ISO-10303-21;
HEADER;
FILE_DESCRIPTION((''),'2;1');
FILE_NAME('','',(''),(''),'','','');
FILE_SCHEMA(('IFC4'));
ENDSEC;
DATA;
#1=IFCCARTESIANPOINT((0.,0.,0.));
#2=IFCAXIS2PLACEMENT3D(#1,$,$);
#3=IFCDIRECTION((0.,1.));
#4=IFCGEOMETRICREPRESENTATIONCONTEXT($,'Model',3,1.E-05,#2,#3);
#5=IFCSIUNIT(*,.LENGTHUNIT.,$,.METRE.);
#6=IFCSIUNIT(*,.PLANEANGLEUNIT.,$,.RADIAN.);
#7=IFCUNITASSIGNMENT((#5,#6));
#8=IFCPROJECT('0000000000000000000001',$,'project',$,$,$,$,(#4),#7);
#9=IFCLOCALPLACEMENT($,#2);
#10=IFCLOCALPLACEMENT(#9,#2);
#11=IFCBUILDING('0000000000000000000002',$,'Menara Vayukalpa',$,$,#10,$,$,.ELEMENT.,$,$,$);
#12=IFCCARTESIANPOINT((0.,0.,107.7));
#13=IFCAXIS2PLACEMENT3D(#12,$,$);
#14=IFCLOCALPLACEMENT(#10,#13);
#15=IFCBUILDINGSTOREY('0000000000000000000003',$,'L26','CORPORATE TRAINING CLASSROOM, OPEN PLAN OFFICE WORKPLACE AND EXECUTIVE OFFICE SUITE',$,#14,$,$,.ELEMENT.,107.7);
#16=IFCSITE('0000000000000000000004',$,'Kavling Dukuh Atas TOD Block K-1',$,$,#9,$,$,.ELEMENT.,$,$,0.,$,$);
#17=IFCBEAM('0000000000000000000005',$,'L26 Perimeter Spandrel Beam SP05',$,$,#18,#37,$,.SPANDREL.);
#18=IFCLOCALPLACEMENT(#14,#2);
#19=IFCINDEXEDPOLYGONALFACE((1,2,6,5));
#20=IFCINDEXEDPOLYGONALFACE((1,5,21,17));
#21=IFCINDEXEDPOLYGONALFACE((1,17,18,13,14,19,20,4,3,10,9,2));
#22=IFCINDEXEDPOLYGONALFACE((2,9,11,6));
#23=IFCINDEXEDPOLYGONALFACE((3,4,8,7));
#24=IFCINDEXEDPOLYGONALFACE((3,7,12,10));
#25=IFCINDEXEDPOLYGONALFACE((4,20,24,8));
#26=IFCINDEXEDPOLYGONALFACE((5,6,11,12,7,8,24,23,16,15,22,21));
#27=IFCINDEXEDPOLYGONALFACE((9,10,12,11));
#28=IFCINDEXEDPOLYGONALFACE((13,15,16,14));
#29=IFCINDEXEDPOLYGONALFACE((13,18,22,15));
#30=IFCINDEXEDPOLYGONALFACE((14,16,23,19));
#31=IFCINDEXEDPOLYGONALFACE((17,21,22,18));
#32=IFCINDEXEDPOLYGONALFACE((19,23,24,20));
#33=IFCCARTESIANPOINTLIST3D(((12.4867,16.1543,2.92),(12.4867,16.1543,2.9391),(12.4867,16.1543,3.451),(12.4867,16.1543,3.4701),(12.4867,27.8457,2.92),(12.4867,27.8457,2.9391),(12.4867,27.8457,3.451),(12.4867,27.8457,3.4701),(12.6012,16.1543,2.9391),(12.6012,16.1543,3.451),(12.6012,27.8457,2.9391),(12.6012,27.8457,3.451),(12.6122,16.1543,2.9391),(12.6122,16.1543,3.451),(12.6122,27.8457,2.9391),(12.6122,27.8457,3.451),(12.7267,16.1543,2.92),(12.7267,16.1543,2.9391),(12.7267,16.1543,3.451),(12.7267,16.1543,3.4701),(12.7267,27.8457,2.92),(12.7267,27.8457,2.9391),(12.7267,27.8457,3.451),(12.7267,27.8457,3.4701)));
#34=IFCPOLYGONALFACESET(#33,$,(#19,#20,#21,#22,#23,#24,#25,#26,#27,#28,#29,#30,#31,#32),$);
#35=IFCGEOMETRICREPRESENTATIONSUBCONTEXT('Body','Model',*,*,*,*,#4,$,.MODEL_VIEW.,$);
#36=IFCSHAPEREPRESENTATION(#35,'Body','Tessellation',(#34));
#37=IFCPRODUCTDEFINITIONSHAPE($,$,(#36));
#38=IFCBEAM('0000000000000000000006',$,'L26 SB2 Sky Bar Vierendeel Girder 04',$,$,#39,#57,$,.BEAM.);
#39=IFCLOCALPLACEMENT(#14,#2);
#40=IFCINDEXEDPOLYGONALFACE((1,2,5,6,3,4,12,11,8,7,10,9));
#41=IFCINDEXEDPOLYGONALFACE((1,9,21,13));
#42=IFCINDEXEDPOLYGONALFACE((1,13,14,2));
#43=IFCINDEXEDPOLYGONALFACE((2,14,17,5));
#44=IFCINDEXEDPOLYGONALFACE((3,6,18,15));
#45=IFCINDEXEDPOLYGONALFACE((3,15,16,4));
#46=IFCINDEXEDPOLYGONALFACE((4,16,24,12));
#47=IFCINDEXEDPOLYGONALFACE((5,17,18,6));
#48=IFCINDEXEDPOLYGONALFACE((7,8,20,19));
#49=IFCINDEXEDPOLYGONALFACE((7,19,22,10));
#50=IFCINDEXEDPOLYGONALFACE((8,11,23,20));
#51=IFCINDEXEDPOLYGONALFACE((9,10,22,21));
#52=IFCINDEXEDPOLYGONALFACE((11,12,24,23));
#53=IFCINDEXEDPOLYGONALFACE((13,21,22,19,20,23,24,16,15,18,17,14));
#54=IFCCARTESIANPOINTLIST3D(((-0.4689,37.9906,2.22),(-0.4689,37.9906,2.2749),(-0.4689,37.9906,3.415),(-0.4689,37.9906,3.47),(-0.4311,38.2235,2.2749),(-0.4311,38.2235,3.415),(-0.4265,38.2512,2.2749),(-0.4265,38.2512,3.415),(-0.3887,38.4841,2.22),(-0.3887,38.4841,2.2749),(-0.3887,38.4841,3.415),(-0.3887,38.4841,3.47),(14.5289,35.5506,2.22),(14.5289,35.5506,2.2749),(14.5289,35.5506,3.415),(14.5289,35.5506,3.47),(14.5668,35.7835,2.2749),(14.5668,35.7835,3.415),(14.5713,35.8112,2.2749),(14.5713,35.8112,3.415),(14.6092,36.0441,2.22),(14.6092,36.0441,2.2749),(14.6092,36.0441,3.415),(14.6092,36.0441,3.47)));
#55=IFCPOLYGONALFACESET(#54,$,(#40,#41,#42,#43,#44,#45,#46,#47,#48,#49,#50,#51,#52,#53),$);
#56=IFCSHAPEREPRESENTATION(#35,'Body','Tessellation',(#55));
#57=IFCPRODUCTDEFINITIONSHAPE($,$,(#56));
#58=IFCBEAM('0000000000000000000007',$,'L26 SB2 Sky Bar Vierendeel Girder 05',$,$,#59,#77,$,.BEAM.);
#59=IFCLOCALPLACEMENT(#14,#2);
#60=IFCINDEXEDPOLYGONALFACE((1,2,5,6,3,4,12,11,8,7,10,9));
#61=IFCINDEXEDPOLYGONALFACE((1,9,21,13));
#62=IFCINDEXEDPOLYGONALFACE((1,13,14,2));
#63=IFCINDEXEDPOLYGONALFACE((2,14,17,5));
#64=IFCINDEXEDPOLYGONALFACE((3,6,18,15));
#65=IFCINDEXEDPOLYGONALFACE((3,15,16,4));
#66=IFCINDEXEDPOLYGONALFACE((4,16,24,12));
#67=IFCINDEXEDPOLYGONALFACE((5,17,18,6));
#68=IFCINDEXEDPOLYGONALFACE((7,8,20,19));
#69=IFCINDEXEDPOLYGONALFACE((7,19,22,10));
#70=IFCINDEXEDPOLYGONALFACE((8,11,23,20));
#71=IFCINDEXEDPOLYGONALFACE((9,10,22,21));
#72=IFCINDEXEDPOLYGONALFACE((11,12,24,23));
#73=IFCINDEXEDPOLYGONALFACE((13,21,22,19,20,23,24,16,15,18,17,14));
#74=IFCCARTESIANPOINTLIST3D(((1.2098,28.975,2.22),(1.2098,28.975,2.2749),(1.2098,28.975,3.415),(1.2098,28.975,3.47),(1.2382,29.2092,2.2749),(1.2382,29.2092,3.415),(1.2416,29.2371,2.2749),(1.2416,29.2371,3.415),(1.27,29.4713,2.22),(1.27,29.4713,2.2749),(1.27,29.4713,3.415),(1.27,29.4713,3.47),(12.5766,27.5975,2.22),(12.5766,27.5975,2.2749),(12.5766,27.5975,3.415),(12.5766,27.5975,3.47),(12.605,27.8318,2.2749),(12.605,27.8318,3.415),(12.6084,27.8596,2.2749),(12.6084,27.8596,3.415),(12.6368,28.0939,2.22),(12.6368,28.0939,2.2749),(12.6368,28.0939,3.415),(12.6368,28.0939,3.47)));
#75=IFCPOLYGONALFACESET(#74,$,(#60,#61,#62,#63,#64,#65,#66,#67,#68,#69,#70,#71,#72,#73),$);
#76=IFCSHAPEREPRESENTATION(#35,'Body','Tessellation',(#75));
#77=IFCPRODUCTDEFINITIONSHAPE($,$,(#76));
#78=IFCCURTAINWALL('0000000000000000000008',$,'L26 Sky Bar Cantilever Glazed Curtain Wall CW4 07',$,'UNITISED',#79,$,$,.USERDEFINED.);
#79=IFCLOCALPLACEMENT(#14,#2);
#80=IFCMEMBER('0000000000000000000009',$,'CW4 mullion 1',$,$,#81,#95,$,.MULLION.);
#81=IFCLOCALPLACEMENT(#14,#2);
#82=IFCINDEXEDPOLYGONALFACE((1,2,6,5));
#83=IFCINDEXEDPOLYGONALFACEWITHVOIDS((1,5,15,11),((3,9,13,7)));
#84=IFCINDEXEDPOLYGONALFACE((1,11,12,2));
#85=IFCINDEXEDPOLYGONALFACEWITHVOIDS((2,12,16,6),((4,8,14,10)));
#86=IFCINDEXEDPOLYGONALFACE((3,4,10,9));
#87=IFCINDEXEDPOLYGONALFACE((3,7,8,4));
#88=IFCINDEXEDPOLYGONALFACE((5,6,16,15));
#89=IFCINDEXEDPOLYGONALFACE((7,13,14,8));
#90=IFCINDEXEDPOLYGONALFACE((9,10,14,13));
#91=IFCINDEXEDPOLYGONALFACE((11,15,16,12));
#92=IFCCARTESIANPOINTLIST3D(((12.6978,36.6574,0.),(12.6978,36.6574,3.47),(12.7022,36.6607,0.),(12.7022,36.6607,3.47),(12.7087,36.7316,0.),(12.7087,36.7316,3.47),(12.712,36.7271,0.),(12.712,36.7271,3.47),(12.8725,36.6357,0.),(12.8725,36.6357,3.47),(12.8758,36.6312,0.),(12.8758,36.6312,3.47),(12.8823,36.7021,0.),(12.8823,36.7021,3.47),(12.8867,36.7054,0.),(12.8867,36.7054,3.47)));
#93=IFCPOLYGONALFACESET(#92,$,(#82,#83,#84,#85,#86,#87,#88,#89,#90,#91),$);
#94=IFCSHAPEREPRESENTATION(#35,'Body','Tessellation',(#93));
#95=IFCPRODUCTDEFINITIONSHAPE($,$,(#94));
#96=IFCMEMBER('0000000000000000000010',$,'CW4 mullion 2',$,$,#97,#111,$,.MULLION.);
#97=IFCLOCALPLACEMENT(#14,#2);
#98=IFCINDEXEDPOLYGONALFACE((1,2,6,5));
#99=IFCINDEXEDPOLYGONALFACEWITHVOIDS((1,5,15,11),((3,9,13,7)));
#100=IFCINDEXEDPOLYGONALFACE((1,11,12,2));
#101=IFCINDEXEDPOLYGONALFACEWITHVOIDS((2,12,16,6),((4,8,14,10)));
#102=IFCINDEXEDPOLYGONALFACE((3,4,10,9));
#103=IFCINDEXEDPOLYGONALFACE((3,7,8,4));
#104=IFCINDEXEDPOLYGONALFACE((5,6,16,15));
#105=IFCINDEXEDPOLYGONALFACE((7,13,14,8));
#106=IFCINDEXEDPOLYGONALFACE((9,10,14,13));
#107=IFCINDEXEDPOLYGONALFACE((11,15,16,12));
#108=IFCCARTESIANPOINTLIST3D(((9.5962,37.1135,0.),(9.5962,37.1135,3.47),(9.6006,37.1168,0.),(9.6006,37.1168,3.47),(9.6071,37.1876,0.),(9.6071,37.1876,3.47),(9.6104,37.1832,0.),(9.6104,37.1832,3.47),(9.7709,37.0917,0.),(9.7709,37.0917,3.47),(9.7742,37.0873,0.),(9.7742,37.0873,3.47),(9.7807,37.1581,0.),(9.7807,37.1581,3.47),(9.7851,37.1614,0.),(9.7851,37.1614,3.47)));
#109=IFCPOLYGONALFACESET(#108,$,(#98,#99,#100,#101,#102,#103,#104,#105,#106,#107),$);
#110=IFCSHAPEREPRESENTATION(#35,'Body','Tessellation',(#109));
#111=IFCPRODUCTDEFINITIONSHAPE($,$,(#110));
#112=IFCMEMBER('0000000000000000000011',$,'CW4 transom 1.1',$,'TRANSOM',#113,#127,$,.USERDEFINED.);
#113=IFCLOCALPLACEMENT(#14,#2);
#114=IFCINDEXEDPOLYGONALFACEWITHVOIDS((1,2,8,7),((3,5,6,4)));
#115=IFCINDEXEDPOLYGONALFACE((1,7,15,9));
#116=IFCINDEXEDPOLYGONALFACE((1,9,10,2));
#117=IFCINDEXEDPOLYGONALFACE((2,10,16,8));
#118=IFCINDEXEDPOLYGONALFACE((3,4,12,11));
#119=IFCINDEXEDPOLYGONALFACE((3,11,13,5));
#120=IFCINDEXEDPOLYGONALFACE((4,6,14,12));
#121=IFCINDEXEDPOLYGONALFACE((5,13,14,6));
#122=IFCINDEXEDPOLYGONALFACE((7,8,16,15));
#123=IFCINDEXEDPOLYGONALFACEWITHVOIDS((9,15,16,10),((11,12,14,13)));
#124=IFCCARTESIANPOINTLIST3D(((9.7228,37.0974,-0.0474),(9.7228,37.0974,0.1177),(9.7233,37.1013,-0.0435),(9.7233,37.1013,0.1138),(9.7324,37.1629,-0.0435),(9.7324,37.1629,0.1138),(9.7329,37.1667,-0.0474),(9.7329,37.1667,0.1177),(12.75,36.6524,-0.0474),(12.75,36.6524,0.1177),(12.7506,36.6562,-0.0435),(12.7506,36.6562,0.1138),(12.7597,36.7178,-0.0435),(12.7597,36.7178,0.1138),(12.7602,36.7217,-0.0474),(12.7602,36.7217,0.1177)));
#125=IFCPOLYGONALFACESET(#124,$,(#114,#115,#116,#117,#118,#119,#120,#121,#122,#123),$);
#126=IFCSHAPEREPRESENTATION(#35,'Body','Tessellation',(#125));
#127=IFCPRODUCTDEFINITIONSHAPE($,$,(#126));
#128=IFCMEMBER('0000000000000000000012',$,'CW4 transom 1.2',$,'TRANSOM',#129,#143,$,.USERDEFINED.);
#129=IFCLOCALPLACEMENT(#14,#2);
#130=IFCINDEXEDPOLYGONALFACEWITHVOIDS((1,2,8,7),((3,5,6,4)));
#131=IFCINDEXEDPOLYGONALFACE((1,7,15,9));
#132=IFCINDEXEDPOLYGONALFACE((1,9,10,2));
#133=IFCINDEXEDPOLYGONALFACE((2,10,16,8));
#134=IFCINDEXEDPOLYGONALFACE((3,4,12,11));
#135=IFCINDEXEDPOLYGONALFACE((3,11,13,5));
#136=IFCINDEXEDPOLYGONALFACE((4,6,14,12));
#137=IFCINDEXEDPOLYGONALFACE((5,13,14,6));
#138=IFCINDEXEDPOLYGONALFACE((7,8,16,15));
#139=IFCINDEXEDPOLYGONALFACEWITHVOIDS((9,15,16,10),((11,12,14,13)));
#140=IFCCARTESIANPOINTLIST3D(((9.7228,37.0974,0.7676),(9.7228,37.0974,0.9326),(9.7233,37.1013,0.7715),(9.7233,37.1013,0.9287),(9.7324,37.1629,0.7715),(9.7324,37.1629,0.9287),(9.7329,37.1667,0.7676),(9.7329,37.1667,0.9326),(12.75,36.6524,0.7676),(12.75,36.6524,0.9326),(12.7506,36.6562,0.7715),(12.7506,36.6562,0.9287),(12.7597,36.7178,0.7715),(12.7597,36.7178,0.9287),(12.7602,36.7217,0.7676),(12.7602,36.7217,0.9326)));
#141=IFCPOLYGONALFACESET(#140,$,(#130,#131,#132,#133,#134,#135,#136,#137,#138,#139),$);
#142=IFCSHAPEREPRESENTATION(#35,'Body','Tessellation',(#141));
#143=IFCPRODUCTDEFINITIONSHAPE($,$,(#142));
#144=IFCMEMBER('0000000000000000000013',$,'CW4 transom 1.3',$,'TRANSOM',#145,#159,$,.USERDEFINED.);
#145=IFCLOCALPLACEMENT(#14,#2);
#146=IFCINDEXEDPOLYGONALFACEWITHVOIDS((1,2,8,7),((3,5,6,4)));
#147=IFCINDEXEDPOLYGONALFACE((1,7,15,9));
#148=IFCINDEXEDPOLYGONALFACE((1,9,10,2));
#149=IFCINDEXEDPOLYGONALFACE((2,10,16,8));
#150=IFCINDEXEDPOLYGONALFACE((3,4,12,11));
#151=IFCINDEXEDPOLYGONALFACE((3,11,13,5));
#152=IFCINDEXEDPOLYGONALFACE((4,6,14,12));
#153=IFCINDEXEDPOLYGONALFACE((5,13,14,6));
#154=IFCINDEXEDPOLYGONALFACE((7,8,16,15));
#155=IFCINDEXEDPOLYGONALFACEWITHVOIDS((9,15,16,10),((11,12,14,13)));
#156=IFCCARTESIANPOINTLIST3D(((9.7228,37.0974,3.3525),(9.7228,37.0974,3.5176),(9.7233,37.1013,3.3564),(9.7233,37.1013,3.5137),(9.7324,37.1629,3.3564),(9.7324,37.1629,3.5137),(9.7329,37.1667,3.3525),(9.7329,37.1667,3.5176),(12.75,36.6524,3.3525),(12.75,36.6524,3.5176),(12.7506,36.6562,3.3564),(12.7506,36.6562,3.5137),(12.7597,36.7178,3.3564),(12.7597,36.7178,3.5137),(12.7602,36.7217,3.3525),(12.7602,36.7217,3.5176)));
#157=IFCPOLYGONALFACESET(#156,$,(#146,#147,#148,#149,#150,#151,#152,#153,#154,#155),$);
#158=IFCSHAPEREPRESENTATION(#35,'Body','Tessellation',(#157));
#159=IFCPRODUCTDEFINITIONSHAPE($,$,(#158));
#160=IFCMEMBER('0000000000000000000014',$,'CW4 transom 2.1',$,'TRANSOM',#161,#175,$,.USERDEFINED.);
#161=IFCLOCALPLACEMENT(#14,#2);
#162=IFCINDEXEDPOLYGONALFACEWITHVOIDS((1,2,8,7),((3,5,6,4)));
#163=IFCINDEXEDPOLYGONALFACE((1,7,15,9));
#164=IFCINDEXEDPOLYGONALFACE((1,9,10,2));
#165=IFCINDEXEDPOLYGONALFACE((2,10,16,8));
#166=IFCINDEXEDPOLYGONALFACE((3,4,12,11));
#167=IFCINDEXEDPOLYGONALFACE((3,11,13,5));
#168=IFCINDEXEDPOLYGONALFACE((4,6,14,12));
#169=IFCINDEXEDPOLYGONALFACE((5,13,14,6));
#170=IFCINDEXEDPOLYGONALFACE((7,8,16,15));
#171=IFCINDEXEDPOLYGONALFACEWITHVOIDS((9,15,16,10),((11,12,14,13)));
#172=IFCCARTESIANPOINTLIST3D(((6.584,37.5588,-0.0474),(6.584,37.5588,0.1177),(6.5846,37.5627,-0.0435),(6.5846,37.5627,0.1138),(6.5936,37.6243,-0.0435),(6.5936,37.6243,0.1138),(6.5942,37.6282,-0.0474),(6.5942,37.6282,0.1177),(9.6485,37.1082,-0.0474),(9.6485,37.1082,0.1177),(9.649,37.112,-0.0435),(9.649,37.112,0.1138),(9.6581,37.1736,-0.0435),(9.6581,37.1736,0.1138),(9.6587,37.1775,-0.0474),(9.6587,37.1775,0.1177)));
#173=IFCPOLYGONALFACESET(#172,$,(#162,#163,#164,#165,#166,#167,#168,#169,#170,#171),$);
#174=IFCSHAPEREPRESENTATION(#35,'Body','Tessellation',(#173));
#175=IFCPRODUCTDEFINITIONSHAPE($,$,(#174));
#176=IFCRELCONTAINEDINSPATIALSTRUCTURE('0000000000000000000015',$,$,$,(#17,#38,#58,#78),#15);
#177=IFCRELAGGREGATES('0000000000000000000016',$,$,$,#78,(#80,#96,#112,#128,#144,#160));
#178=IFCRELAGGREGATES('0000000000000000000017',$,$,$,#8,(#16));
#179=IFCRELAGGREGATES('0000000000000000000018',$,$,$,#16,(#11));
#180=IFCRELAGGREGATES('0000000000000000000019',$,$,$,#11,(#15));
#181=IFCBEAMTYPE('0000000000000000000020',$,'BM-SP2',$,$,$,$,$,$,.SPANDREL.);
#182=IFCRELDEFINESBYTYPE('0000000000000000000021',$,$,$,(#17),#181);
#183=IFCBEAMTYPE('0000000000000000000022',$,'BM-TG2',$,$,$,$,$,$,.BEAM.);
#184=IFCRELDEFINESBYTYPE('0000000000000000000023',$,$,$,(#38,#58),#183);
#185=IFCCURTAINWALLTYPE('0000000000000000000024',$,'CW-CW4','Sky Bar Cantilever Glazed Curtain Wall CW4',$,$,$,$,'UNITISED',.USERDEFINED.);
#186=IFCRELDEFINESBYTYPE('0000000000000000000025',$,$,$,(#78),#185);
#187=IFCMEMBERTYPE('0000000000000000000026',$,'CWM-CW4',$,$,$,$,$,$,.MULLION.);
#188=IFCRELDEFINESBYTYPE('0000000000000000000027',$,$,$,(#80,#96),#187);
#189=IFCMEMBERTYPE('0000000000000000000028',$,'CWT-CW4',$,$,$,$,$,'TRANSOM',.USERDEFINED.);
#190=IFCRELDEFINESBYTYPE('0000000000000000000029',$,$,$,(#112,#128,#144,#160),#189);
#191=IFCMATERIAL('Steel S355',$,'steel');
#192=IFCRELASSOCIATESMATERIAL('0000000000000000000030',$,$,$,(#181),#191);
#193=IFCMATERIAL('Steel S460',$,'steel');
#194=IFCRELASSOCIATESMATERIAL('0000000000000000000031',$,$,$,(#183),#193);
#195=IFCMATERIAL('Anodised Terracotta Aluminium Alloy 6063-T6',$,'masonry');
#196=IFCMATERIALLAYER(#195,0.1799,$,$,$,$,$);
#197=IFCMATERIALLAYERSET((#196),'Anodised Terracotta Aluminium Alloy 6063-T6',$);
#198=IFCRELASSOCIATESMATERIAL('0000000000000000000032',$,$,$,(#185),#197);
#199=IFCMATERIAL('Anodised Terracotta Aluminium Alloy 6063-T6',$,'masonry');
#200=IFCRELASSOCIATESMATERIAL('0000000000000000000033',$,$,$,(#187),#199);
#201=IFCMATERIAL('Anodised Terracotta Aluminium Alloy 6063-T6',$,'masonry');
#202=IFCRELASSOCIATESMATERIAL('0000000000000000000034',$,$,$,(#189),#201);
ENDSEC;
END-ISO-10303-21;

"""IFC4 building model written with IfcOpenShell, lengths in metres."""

from ifc_helpers import new_model, si_unit, direction, frame, origin, origin_2d, place, context, subcontext, project, spatial, hollow_rectangle, i_section, extrude, material, layer, layer_set, material_profile, profile_set, type_object, element, aggregate, save


model = new_model("IFC4")

# Units and contexts
model_context = context("Model", 3, precision=1e-05, world=origin(), true_north=direction((0.0, 1.0)))
body_context = subcontext(model_context, "Body", "Model", "MODEL_VIEW")
ifc_project = project(units=[si_unit("LENGTHUNIT", "METRE"), si_unit("PLANEANGLEUNIT", "RADIAN")], contexts=[model_context])

# Site, building, storey
site_placement = place(None, origin())
site = spatial("IfcSite", under=ifc_project, at=site_placement, Name="Kavling Dukuh Atas TOD Block K-1", CompositionType="ELEMENT", RefElevation=0.0)
building_placement = place(site_placement, origin())
building = spatial("IfcBuilding", under=site, at=building_placement, Name="Menara Vayukalpa", CompositionType="ELEMENT")
storey_placement = place(building_placement, frame((0.0, 0.0, 107.7)))
storey = spatial("IfcBuildingStorey", under=building, at=storey_placement, Name="L26", Description="CORPORATE TRAINING CLASSROOM, OPEN PLAN OFFICE WORKPLACE AND EXECUTIVE OFFICE SUITE", CompositionType="ELEMENT", Elevation=107.7)

# Beams
ifc_material_1 = material(Name="Steel S355", Category="steel")
ifc_material_profile_1 = material_profile(ifc_material_1, i_section(OverallWidth=0.24, OverallDepth=0.55, WebThickness=0.011, FlangeThickness=0.019, at=origin_2d()), Name="WF 550x240x11x19")
ifc_profile_set_1 = profile_set([ifc_material_profile_1], Name="Steel S355")
beam_type_1 = type_object("IfcBeamType", Name="BM-SP2", PredefinedType="SPANDREL", material=ifc_profile_set_1)
beam_1_placement = place(storey_placement, frame((12.6067, 27.8457, 3.1951), z_axis=(0.0, -1.0, 0.0), x_axis=(1.0, 0.0, 0.0)))
element("IfcBeam", 1, at=beam_1_placement, inside=storey, type_object=beam_type_1, Name="L26 Perimeter Spandrel Beam SP05", PredefinedType="SPANDREL", context=body_context, shape_type="SweptSolid", body=[
    extrude(i_section(OverallWidth=0.24, OverallDepth=0.55, WebThickness=0.011, FlangeThickness=0.019, at=origin_2d()), origin(), (0.0, 0.0, 1.0), 11.6914),
])
ifc_material_2 = material(Name="Steel S460", Category="steel")
ifc_material_profile_2 = material_profile(ifc_material_2, i_section(OverallWidth=0.5, OverallDepth=1.25, WebThickness=0.0281, FlangeThickness=0.0549, at=origin_2d()), Name="WG 1250x500x28x55")
ifc_profile_set_2 = profile_set([ifc_material_profile_2], Name="Steel S460")
beam_type_2 = type_object("IfcBeamType", Name="BM-TG2", PredefinedType="BEAM", material=ifc_profile_set_2)
beam_2_placement = place(storey_placement, frame((14.5691, 35.7974, 2.845), z_axis=(-0.987024, 0.160575, 0.0), x_axis=(-0.160575, -0.987024, 0.0)))
element("IfcBeam", 2, at=beam_2_placement, inside=storey, type_object=beam_type_2, Name="L26 SB2 Sky Bar Vierendeel Girder 04", PredefinedType="BEAM", context=body_context, shape_type="SweptSolid", body=[
    extrude(i_section(OverallWidth=0.5, OverallDepth=1.25, WebThickness=0.0281, FlangeThickness=0.0549, at=origin_2d()), origin(), (0.0, 0.0, 1.0), 15.1951),
])
beam_3_placement = place(storey_placement, frame((12.6067, 27.8457, 2.845), z_axis=(-0.992737, 0.120302, 0.0), x_axis=(-0.120302, -0.992737, 0.0)))
element("IfcBeam", 3, at=beam_3_placement, inside=storey, type_object=beam_type_2, Name="L26 SB2 Sky Bar Vierendeel Girder 05", PredefinedType="BEAM", context=body_context, shape_type="SweptSolid", body=[
    extrude(i_section(OverallWidth=0.5, OverallDepth=1.25, WebThickness=0.0281, FlangeThickness=0.0549, at=origin_2d()), origin(), (0.0, 0.0, 1.0), 11.45),
])

# Curtain wall, members
ifc_material_3 = material(Name="Anodised Terracotta Aluminium Alloy 6063-T6", Category="masonry")
ifc_layer_1 = layer(ifc_material_3, 0.1799)
ifc_layer_set_1 = layer_set([ifc_layer_1], Name="Anodised Terracotta Aluminium Alloy 6063-T6")
curtain_wall_type = type_object("IfcCurtainWallType", Name="CW-CW4", Description="Sky Bar Cantilever Glazed Curtain Wall CW4", ElementType="UNITISED", PredefinedType="USERDEFINED", material=ifc_layer_set_1)
curtain_wall_placement = place(storey_placement, origin())
curtain_wall = element("IfcCurtainWall", 4, at=curtain_wall_placement, inside=storey, type_object=curtain_wall_type, Name="L26 Sky Bar Cantilever Glazed Curtain Wall CW4 07", ObjectType="UNITISED", PredefinedType="USERDEFINED")
ifc_material_4 = material(Name="Anodised Terracotta Aluminium Alloy 6063-T6", Category="masonry")
ifc_material_profile_3 = material_profile(ifc_material_4, hollow_rectangle(XDim=0.075, YDim=0.1799, WallThickness=0.0039, at=origin_2d()), Name="ALU 75x180x4")
ifc_profile_set_3 = profile_set([ifc_material_profile_3], Name="Anodised Terracotta Aluminium Alloy 6063-T6")
member_type_1 = type_object("IfcMemberType", Name="CWM-CW4", PredefinedType="MULLION", material=ifc_profile_set_3)
member_1_placement = place(storey_placement, frame((12.7922, 36.6814, 0.0), z_axis=(0.0, 0.0, 1.0), x_axis=(-0.145451, -0.989365, 0.0)))
member_1 = element("IfcMember", 5, at=member_1_placement, type_object=member_type_1, Name="CW4 mullion 1", PredefinedType="MULLION", context=body_context, shape_type="SweptSolid", body=[
    extrude(hollow_rectangle(XDim=0.075, YDim=0.1799, WallThickness=0.0039, at=origin_2d()), origin(), (0.0, 0.0, 1.0), 3.47),
])
member_2_placement = place(storey_placement, frame((9.6907, 37.1375, 0.0), z_axis=(0.0, 0.0, 1.0), x_axis=(-0.145451, -0.989365, 0.0)))
member_2 = element("IfcMember", 6, at=member_2_placement, type_object=member_type_1, Name="CW4 mullion 2", PredefinedType="MULLION", context=body_context, shape_type="SweptSolid", body=[
    extrude(hollow_rectangle(XDim=0.075, YDim=0.1799, WallThickness=0.0039, at=origin_2d()), origin(), (0.0, 0.0, 1.0), 3.47),
])
ifc_material_5 = material(Name="Anodised Terracotta Aluminium Alloy 6063-T6", Category="masonry")
ifc_material_profile_4 = material_profile(ifc_material_5, hollow_rectangle(XDim=0.0701, YDim=0.165, WallThickness=0.0039, at=origin_2d()), Name="ALU 70x165x4")
ifc_profile_set_4 = profile_set([ifc_material_profile_4], Name="Anodised Terracotta Aluminium Alloy 6063-T6")
member_type_2 = type_object("IfcMemberType", Name="CWT-CW4", ElementType="TRANSOM", PredefinedType="USERDEFINED", material=ifc_profile_set_4)
member_3_placement = place(storey_placement, frame((12.7551, 36.687, 0.0352), z_axis=(-0.989365, 0.145453, 0.0), x_axis=(-0.145453, -0.989365, 0.0)))
member_3 = element("IfcMember", 7, at=member_3_placement, type_object=member_type_2, Name="CW4 transom 1.1", ObjectType="TRANSOM", PredefinedType="USERDEFINED", context=body_context, shape_type="SweptSolid", body=[
    extrude(hollow_rectangle(XDim=0.0701, YDim=0.165, WallThickness=0.0039, at=origin_2d()), origin(), (0.0, 0.0, 1.0), 3.0598),
])
member_4_placement = place(storey_placement, frame((12.7551, 36.687, 0.8501), z_axis=(-0.989365, 0.145453, 0.0), x_axis=(-0.145453, -0.989365, 0.0)))
member_4 = element("IfcMember", 8, at=member_4_placement, type_object=member_type_2, Name="CW4 transom 1.2", ObjectType="TRANSOM", PredefinedType="USERDEFINED", context=body_context, shape_type="SweptSolid", body=[
    extrude(hollow_rectangle(XDim=0.0701, YDim=0.165, WallThickness=0.0039, at=origin_2d()), origin(), (0.0, 0.0, 1.0), 3.0598),
])
member_5_placement = place(storey_placement, frame((12.7551, 36.687, 3.4351), z_axis=(-0.989365, 0.145453, 0.0), x_axis=(-0.145453, -0.989365, 0.0)))
member_5 = element("IfcMember", 9, at=member_5_placement, type_object=member_type_2, Name="CW4 transom 1.3", ObjectType="TRANSOM", PredefinedType="USERDEFINED", context=body_context, shape_type="SweptSolid", body=[
    extrude(hollow_rectangle(XDim=0.0701, YDim=0.165, WallThickness=0.0039, at=origin_2d()), origin(), (0.0, 0.0, 1.0), 3.0598),
])
member_6_placement = place(storey_placement, frame((9.6536, 37.1428, 0.0352), z_axis=(-0.989358, 0.145503, 0.0), x_axis=(-0.145503, -0.989358, 0.0)))
member_6 = element("IfcMember", 10, at=member_6_placement, type_object=member_type_2, Name="CW4 transom 2.1", ObjectType="TRANSOM", PredefinedType="USERDEFINED", context=body_context, shape_type="SweptSolid", body=[
    extrude(hollow_rectangle(XDim=0.0701, YDim=0.165, WallThickness=0.0039, at=origin_2d()), origin(), (0.0, 0.0, 1.0), 3.0974),
])

aggregate(curtain_wall, [member_1, member_2, member_3, member_4, member_5, member_6])

save(model, "model.ifc")
